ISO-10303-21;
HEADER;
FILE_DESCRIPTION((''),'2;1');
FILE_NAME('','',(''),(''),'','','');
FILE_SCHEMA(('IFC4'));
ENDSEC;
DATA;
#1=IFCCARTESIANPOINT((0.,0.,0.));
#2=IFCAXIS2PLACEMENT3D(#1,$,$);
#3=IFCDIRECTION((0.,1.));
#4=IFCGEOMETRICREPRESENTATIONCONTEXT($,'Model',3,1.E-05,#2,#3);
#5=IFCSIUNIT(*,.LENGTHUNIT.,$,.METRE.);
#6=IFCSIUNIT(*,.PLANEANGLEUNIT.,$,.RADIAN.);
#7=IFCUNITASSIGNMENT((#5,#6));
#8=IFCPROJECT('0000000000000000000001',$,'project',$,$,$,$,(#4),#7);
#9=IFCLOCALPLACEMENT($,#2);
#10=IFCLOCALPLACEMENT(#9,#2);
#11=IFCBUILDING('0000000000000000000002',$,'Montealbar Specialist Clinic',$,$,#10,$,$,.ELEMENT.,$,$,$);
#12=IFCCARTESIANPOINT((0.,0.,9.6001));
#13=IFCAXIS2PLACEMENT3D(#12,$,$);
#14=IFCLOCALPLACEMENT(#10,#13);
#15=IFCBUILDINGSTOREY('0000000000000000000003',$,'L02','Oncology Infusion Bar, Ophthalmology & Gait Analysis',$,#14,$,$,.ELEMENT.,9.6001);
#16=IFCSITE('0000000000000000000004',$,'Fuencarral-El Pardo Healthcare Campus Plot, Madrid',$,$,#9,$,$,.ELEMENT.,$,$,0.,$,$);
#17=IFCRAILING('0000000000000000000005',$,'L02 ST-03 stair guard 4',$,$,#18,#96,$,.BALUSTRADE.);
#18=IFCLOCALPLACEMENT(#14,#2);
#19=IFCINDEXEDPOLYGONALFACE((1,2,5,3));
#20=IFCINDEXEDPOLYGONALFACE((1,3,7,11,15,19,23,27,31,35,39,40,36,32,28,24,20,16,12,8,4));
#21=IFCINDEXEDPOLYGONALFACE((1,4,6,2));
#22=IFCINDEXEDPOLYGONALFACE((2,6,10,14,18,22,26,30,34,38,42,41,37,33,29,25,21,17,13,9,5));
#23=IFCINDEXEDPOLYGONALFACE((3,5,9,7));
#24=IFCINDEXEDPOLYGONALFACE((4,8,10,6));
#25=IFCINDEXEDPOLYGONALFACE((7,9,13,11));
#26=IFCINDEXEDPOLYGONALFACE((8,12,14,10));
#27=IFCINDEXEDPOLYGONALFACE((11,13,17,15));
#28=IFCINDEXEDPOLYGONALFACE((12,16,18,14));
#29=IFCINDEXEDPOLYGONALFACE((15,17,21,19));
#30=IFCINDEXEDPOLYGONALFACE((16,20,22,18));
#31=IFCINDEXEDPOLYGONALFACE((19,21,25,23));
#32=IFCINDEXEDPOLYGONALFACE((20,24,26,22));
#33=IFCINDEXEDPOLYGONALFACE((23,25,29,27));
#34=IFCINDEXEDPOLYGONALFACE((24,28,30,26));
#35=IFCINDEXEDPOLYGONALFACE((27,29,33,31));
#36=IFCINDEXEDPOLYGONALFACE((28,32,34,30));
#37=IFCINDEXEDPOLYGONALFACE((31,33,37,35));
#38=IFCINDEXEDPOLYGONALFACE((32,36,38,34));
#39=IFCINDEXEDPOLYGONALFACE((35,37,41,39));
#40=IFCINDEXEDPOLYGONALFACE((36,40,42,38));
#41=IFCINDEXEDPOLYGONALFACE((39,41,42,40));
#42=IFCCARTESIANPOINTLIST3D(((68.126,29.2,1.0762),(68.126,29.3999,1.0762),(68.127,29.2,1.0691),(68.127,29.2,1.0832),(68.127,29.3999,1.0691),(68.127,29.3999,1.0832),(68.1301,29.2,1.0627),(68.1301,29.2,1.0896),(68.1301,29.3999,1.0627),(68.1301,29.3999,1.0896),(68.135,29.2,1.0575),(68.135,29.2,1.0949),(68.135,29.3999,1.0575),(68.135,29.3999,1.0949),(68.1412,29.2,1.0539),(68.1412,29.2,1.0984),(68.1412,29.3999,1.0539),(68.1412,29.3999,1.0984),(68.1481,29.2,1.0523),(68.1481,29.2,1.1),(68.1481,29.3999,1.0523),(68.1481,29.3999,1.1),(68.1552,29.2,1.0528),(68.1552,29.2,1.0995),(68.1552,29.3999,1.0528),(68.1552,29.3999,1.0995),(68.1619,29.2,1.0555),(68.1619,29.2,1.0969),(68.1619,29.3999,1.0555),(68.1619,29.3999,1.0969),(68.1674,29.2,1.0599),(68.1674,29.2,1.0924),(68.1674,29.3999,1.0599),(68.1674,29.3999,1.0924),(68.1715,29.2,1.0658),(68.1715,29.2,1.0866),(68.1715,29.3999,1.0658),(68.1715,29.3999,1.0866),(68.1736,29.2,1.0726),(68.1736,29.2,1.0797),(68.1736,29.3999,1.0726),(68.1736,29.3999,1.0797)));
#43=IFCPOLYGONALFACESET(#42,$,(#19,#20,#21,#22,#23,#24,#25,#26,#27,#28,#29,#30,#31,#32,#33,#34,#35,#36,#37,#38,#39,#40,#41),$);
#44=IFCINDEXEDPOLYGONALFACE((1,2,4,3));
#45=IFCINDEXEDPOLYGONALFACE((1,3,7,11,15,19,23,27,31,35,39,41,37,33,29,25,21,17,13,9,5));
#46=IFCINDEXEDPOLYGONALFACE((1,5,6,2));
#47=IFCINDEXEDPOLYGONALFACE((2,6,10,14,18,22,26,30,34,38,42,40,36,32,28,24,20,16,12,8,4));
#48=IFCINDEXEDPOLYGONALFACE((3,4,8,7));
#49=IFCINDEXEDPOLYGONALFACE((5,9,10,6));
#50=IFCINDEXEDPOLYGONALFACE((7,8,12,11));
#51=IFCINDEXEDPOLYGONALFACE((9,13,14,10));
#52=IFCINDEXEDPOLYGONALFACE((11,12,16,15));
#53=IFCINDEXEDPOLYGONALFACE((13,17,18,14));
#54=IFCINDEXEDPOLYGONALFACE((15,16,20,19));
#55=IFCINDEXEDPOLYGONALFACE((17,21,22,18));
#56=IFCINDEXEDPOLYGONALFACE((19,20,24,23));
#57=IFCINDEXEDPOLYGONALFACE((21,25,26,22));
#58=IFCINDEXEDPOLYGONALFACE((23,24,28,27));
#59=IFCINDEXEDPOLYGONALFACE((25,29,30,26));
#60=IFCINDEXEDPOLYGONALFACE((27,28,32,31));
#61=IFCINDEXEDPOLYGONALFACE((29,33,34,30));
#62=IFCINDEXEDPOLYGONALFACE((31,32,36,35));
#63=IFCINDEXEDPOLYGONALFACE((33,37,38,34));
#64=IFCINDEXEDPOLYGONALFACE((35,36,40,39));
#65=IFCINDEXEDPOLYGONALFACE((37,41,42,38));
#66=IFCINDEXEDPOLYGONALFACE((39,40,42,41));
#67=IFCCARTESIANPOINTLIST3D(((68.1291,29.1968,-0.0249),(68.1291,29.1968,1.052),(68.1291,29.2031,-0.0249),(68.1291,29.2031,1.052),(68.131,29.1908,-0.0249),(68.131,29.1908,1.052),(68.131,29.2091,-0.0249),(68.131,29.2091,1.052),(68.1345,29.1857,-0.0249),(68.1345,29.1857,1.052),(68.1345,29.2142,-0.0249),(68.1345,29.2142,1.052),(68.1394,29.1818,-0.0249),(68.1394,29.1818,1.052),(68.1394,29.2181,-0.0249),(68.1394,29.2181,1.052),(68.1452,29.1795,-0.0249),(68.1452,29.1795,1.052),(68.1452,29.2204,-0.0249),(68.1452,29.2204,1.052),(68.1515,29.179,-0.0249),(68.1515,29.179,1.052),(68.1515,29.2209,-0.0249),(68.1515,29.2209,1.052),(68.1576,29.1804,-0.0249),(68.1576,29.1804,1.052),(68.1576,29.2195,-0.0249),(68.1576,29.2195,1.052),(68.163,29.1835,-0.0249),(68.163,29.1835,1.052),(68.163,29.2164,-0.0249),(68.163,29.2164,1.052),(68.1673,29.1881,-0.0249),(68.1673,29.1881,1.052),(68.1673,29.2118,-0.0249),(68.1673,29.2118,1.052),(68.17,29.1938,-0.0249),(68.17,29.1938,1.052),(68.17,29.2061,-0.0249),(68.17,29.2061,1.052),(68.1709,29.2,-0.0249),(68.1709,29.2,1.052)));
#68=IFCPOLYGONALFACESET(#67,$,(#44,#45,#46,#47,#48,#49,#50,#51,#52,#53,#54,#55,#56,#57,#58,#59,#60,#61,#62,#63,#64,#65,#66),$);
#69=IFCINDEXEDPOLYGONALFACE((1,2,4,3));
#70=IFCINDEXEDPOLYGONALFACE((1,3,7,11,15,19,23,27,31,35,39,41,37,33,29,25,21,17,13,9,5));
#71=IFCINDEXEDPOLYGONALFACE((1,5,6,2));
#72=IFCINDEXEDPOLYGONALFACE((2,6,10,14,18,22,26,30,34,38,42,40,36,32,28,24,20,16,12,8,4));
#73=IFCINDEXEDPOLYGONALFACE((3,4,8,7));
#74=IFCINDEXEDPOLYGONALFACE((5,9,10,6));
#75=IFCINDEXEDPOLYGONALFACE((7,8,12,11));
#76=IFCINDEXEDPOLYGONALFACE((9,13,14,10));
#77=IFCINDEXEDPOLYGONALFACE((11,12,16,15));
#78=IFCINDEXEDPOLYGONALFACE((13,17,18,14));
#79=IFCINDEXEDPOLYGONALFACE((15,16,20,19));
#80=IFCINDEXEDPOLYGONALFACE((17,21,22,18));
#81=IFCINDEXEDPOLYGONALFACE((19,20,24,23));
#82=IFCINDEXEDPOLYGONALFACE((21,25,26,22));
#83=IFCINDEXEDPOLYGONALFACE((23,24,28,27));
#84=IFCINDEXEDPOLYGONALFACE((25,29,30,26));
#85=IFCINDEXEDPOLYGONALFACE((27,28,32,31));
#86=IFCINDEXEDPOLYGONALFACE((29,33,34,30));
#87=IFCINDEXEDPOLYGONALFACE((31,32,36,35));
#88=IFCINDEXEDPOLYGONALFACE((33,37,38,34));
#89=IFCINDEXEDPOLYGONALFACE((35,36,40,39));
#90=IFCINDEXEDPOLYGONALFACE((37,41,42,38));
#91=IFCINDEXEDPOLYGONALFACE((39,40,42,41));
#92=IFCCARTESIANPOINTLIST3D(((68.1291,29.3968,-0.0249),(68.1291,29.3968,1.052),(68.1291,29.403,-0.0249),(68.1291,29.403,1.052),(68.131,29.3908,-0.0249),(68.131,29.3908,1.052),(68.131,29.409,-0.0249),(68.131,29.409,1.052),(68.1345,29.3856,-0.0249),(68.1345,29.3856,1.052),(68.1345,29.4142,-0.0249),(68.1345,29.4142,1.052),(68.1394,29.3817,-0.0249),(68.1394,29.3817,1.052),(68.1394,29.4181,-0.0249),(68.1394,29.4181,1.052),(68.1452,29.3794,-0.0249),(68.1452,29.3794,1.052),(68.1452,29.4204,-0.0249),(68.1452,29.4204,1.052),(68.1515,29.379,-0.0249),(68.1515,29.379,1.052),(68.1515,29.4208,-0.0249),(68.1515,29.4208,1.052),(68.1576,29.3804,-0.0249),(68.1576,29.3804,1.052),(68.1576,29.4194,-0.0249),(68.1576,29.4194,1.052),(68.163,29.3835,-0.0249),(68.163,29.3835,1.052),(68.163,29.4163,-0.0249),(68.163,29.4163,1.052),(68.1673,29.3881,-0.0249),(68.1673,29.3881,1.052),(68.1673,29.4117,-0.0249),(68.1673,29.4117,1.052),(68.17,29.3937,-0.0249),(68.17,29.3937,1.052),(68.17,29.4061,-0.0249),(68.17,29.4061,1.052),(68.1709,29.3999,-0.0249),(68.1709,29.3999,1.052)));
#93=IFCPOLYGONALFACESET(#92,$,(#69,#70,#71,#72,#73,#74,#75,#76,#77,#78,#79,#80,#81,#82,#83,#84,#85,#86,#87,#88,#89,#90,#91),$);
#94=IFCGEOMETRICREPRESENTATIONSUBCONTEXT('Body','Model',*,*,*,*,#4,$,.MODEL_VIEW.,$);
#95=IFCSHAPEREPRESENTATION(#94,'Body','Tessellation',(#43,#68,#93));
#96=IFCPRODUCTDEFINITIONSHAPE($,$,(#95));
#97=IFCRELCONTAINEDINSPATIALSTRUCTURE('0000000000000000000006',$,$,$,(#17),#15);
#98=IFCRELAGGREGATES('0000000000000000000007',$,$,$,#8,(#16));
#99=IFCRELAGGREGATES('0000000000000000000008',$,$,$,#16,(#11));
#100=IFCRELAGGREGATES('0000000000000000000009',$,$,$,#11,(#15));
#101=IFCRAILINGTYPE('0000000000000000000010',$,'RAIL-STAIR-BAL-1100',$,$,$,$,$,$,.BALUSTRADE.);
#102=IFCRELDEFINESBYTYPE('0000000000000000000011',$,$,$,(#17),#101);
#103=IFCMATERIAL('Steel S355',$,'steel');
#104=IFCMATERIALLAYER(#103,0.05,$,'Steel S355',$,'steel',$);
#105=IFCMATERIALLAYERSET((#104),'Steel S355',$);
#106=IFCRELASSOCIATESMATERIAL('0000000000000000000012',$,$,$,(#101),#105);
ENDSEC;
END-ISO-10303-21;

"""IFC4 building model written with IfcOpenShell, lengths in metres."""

from ifc_helpers import new_model, si_unit, direction, frame, origin, origin_2d, place, context, subcontext, project, spatial, circle, extrude, material, layer, layer_set, type_object, element, save


model = new_model("IFC4")

# Units and contexts
model_context = context("Model", 3, precision=1e-05, world=origin(), true_north=direction((0.0, 1.0)))
body_context = subcontext(model_context, "Body", "Model", "MODEL_VIEW")
ifc_project = project(units=[si_unit("LENGTHUNIT", "METRE"), si_unit("PLANEANGLEUNIT", "RADIAN")], contexts=[model_context])

# Site, building, storey
site_placement = place(None, origin())
site = spatial("IfcSite", under=ifc_project, at=site_placement, Name="Fuencarral-El Pardo Healthcare Campus Plot, Madrid", CompositionType="ELEMENT", RefElevation=0.0)
building_placement = place(site_placement, origin())
building = spatial("IfcBuilding", under=site, at=building_placement, Name="Montealbar Specialist Clinic", CompositionType="ELEMENT")
storey_placement = place(building_placement, frame((0.0, 0.0, 9.6001)))
storey = spatial("IfcBuildingStorey", under=building, at=storey_placement, Name="L02", Description="Oncology Infusion Bar, Ophthalmology & Gait Analysis", CompositionType="ELEMENT", Elevation=9.6001)

# Shared definitions
ifc_material_1 = material(Name="Steel S355", Category="steel")

# Railing
ifc_layer_1 = layer(ifc_material_1, 0.05, Name="Steel S355", Category="steel")
ifc_layer_set_1 = layer_set([ifc_layer_1], Name="Steel S355")
railing_type_1 = type_object("IfcRailingType", Name="RAIL-STAIR-BAL-1100", PredefinedType="BALUSTRADE", material=ifc_layer_set_1)
railing_1_placement = place(storey_placement, frame((68.1499, 29.2, 0.0)))
element("IfcRailing", 1, at=railing_1_placement, inside=storey, type_object=railing_type_1, Name="L02 ST-03 stair guard 4", PredefinedType="BALUSTRADE", context=body_context, shape_type="SweptSolid", body=[
    extrude(circle(Radius=0.0239, at=origin_2d()), frame((0.0, 0.0, 1.0762), z_axis=(0.0, 1.0, 0.0), x_axis=(-1.0, 0.0, 0.0)), (0.0, 0.0, 1.0), 0.2),
    extrude(circle(Radius=0.021, at=origin_2d()), frame((0.0, 0.0, -0.0249)), (0.0, 0.0, 1.0), 1.0769),
    extrude(circle(Radius=0.021, at=origin_2d()), frame((0.0, 0.2, -0.0249)), (0.0, 0.0, 1.0), 1.0769),
])

save(model, "model.ifc")
